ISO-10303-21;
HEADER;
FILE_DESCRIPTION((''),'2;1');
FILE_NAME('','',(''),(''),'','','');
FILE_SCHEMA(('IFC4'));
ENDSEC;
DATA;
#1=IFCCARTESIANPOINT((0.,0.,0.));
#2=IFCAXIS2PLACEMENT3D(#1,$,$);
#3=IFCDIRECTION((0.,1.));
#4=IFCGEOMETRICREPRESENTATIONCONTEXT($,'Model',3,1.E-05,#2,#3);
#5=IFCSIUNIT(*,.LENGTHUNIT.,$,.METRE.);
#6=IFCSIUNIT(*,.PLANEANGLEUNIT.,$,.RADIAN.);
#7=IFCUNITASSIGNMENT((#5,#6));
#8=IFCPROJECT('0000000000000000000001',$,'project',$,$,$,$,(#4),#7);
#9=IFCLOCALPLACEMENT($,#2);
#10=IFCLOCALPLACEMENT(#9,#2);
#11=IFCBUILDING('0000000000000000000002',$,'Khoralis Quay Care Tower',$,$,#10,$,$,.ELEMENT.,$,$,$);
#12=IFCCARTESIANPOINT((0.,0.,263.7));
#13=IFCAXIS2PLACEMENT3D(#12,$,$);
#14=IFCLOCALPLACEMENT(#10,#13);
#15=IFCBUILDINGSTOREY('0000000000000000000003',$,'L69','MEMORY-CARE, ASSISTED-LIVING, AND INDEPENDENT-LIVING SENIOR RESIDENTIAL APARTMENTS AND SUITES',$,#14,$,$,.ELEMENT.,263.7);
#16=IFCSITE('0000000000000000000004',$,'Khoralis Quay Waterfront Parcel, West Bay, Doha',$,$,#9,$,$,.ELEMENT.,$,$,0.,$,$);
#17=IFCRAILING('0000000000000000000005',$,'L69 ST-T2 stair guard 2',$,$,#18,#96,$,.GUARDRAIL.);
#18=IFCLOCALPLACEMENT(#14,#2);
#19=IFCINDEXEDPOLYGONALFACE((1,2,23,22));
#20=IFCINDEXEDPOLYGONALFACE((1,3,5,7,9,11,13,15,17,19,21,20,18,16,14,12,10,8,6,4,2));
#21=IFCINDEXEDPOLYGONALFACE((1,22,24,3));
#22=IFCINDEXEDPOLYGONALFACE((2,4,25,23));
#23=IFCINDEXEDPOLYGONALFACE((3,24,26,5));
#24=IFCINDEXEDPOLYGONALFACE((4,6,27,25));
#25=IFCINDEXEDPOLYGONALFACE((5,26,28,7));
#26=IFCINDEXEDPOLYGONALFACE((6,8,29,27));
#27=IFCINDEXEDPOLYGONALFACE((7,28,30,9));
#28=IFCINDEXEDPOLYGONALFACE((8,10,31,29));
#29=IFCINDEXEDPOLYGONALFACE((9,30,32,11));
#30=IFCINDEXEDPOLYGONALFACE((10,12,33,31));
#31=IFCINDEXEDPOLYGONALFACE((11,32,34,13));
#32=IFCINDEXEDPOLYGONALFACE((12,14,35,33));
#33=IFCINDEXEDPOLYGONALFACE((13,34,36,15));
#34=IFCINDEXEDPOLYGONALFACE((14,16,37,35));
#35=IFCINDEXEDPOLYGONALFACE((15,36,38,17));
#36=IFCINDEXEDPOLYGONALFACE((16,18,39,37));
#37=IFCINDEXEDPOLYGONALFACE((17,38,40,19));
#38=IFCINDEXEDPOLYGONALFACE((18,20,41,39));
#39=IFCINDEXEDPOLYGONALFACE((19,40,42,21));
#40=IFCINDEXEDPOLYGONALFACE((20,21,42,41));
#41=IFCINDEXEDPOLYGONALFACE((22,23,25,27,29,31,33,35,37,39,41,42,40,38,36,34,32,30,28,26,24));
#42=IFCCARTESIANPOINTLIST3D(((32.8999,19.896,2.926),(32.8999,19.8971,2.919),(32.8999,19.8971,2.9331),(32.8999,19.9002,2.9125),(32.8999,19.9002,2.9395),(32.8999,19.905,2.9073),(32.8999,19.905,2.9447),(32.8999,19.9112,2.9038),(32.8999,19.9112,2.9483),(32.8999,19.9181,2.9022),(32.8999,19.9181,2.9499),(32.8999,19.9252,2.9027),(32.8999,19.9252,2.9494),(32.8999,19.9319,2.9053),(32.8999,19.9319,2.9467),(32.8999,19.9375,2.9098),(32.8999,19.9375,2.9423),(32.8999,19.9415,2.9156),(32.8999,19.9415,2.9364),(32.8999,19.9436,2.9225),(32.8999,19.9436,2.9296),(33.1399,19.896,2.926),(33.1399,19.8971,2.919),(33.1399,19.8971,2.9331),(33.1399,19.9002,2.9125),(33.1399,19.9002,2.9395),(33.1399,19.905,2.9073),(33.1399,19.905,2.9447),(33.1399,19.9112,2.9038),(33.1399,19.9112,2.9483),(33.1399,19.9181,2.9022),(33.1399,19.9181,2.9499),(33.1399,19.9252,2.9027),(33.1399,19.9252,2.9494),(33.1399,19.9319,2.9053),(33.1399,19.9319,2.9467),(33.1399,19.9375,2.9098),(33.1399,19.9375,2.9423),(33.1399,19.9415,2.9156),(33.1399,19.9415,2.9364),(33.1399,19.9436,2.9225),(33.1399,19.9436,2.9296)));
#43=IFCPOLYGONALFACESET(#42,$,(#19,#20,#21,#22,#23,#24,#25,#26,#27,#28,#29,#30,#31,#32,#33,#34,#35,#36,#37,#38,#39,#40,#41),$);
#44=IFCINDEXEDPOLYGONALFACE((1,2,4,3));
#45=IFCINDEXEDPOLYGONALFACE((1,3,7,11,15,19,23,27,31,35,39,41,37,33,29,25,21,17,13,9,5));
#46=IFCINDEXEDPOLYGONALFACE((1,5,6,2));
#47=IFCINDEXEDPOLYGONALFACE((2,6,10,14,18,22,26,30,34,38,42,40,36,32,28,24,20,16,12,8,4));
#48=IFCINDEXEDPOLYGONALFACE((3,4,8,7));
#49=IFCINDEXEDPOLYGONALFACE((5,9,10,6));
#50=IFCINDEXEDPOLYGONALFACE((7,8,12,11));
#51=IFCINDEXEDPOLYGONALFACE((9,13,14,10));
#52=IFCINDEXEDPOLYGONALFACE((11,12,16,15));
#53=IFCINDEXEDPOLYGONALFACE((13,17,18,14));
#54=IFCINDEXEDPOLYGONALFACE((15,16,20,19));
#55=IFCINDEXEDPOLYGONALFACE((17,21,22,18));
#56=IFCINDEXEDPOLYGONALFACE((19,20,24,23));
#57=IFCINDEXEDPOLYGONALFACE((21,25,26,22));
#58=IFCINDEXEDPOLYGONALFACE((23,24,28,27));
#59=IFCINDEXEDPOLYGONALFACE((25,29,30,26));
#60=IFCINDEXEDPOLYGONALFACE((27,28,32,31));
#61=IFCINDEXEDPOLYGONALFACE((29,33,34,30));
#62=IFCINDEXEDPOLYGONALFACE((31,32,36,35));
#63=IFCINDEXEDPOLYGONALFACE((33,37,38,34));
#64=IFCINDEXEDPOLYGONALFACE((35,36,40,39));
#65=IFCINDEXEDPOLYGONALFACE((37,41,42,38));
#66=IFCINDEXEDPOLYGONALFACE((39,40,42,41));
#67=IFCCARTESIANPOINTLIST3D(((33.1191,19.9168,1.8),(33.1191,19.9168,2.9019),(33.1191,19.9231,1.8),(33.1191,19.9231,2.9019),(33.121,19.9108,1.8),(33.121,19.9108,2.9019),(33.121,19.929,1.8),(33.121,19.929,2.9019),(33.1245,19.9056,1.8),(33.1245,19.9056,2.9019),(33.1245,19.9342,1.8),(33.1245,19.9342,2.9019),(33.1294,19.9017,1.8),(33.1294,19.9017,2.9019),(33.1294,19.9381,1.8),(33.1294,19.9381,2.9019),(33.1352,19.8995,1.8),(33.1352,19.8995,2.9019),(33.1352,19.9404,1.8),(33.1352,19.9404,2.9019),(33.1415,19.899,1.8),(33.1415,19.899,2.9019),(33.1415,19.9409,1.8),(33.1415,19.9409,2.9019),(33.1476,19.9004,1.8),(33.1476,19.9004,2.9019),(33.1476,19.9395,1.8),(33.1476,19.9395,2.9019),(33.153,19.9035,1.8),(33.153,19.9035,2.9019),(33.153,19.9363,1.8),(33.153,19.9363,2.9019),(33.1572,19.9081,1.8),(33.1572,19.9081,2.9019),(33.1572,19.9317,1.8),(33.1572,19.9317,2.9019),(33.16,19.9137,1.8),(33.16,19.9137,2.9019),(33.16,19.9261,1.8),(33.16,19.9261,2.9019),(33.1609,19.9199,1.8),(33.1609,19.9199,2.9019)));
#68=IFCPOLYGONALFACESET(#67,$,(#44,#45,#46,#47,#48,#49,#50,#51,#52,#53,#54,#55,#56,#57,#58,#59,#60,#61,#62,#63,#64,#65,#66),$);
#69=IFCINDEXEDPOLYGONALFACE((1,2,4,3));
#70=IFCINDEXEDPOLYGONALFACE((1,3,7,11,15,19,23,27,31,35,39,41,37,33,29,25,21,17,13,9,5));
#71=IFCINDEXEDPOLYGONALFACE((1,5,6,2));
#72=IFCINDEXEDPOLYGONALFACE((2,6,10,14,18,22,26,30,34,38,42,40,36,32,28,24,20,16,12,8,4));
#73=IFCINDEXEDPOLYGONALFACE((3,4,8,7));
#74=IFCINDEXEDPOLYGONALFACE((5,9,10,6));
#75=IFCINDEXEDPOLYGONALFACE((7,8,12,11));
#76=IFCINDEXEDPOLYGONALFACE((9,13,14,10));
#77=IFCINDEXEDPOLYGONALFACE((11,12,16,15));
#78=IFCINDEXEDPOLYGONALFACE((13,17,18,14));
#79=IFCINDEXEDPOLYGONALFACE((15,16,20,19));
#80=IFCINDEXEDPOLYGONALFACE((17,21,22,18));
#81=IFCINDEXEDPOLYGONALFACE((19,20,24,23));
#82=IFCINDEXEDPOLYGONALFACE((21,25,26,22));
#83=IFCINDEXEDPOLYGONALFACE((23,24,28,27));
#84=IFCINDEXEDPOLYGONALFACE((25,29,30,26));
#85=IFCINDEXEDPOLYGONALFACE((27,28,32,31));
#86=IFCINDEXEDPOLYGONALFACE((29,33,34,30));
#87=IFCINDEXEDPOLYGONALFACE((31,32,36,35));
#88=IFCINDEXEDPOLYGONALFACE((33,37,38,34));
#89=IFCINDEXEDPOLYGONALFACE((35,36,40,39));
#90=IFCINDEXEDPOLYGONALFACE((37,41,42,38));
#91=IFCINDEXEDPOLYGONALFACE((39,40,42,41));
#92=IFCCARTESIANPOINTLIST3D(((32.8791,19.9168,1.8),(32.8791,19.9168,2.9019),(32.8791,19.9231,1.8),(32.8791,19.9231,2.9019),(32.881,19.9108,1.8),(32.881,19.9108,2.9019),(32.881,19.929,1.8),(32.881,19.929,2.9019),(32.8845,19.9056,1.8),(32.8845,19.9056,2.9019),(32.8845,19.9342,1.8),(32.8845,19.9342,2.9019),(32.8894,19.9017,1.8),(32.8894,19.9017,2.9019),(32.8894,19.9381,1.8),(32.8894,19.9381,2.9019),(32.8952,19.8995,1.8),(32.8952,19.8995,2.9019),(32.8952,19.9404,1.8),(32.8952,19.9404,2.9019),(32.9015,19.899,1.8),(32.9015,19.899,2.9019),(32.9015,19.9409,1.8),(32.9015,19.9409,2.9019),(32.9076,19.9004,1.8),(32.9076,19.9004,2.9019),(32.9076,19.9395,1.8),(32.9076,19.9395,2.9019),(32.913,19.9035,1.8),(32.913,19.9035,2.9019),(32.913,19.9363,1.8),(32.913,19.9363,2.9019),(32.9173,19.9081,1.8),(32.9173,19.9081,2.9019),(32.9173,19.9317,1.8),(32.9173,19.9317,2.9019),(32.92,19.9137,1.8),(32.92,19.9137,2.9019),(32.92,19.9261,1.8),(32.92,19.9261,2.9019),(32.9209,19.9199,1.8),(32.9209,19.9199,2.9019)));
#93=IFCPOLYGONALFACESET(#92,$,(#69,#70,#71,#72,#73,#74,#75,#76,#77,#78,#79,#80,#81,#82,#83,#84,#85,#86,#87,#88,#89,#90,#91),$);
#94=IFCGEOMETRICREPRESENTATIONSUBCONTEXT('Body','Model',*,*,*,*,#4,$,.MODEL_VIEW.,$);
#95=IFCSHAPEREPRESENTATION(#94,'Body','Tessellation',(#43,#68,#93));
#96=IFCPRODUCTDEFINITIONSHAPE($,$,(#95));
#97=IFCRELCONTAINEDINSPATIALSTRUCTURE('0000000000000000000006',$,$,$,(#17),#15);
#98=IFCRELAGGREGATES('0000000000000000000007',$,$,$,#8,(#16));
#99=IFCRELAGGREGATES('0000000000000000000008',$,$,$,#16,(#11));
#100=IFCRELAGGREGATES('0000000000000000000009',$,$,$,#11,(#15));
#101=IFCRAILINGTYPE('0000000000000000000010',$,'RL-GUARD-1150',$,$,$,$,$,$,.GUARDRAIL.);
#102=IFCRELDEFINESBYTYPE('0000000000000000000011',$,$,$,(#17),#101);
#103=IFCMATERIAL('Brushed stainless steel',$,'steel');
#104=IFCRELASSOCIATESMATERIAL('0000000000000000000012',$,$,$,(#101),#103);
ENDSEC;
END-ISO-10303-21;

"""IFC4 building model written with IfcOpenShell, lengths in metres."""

from ifc_helpers import new_model, si_unit, direction, frame, origin, origin_2d, place, context, subcontext, project, spatial, circle, extrude, material, type_object, element, save


model = new_model("IFC4")

# Units and contexts
model_context = context("Model", 3, precision=1e-05, world=origin(), true_north=direction((0.0, 1.0)))
body_context = subcontext(model_context, "Body", "Model", "MODEL_VIEW")
ifc_project = project(units=[si_unit("LENGTHUNIT", "METRE"), si_unit("PLANEANGLEUNIT", "RADIAN")], contexts=[model_context])

# Site, building, storey
site_placement = place(None, origin())
site = spatial("IfcSite", under=ifc_project, at=site_placement, Name="Khoralis Quay Waterfront Parcel, West Bay, Doha", CompositionType="ELEMENT", RefElevation=0.0)
building_placement = place(site_placement, origin())
building = spatial("IfcBuilding", under=site, at=building_placement, Name="Khoralis Quay Care Tower", CompositionType="ELEMENT")
storey_placement = place(building_placement, frame((0.0, 0.0, 263.7)))
storey = spatial("IfcBuildingStorey", under=building, at=storey_placement, Name="L69", Description="MEMORY-CARE, ASSISTED-LIVING, AND INDEPENDENT-LIVING SENIOR RESIDENTIAL APARTMENTS AND SUITES", CompositionType="ELEMENT", Elevation=263.7)

# Railing
ifc_material_1 = material(Name="Brushed stainless steel", Category="steel")
railing_type_1 = type_object("IfcRailingType", Name="RL-GUARD-1150", PredefinedType="GUARDRAIL", material=ifc_material_1)
railing_1_placement = place(storey_placement, frame((33.1399, 19.9199, 1.8)))
element("IfcRailing", 1, at=railing_1_placement, inside=storey, type_object=railing_type_1, Name="L69 ST-T2 stair guard 2", PredefinedType="GUARDRAIL", context=body_context, shape_type="SweptSolid", body=[
    extrude(circle(Radius=0.0239, at=origin_2d()), frame((0.0, 0.0, 1.126), z_axis=(-1.0, 0.0, 0.0), x_axis=(0.0, -1.0, 0.0)), (0.0, 0.0, 1.0), 0.24),
    extrude(circle(Radius=0.021, at=origin_2d()), origin(), (0.0, 0.0, 1.0), 1.1018),
    extrude(circle(Radius=0.021, at=origin_2d()), frame((-0.24, 0.0, 0.0)), (0.0, 0.0, 1.0), 1.1018),
])

save(model, "model.ifc")
